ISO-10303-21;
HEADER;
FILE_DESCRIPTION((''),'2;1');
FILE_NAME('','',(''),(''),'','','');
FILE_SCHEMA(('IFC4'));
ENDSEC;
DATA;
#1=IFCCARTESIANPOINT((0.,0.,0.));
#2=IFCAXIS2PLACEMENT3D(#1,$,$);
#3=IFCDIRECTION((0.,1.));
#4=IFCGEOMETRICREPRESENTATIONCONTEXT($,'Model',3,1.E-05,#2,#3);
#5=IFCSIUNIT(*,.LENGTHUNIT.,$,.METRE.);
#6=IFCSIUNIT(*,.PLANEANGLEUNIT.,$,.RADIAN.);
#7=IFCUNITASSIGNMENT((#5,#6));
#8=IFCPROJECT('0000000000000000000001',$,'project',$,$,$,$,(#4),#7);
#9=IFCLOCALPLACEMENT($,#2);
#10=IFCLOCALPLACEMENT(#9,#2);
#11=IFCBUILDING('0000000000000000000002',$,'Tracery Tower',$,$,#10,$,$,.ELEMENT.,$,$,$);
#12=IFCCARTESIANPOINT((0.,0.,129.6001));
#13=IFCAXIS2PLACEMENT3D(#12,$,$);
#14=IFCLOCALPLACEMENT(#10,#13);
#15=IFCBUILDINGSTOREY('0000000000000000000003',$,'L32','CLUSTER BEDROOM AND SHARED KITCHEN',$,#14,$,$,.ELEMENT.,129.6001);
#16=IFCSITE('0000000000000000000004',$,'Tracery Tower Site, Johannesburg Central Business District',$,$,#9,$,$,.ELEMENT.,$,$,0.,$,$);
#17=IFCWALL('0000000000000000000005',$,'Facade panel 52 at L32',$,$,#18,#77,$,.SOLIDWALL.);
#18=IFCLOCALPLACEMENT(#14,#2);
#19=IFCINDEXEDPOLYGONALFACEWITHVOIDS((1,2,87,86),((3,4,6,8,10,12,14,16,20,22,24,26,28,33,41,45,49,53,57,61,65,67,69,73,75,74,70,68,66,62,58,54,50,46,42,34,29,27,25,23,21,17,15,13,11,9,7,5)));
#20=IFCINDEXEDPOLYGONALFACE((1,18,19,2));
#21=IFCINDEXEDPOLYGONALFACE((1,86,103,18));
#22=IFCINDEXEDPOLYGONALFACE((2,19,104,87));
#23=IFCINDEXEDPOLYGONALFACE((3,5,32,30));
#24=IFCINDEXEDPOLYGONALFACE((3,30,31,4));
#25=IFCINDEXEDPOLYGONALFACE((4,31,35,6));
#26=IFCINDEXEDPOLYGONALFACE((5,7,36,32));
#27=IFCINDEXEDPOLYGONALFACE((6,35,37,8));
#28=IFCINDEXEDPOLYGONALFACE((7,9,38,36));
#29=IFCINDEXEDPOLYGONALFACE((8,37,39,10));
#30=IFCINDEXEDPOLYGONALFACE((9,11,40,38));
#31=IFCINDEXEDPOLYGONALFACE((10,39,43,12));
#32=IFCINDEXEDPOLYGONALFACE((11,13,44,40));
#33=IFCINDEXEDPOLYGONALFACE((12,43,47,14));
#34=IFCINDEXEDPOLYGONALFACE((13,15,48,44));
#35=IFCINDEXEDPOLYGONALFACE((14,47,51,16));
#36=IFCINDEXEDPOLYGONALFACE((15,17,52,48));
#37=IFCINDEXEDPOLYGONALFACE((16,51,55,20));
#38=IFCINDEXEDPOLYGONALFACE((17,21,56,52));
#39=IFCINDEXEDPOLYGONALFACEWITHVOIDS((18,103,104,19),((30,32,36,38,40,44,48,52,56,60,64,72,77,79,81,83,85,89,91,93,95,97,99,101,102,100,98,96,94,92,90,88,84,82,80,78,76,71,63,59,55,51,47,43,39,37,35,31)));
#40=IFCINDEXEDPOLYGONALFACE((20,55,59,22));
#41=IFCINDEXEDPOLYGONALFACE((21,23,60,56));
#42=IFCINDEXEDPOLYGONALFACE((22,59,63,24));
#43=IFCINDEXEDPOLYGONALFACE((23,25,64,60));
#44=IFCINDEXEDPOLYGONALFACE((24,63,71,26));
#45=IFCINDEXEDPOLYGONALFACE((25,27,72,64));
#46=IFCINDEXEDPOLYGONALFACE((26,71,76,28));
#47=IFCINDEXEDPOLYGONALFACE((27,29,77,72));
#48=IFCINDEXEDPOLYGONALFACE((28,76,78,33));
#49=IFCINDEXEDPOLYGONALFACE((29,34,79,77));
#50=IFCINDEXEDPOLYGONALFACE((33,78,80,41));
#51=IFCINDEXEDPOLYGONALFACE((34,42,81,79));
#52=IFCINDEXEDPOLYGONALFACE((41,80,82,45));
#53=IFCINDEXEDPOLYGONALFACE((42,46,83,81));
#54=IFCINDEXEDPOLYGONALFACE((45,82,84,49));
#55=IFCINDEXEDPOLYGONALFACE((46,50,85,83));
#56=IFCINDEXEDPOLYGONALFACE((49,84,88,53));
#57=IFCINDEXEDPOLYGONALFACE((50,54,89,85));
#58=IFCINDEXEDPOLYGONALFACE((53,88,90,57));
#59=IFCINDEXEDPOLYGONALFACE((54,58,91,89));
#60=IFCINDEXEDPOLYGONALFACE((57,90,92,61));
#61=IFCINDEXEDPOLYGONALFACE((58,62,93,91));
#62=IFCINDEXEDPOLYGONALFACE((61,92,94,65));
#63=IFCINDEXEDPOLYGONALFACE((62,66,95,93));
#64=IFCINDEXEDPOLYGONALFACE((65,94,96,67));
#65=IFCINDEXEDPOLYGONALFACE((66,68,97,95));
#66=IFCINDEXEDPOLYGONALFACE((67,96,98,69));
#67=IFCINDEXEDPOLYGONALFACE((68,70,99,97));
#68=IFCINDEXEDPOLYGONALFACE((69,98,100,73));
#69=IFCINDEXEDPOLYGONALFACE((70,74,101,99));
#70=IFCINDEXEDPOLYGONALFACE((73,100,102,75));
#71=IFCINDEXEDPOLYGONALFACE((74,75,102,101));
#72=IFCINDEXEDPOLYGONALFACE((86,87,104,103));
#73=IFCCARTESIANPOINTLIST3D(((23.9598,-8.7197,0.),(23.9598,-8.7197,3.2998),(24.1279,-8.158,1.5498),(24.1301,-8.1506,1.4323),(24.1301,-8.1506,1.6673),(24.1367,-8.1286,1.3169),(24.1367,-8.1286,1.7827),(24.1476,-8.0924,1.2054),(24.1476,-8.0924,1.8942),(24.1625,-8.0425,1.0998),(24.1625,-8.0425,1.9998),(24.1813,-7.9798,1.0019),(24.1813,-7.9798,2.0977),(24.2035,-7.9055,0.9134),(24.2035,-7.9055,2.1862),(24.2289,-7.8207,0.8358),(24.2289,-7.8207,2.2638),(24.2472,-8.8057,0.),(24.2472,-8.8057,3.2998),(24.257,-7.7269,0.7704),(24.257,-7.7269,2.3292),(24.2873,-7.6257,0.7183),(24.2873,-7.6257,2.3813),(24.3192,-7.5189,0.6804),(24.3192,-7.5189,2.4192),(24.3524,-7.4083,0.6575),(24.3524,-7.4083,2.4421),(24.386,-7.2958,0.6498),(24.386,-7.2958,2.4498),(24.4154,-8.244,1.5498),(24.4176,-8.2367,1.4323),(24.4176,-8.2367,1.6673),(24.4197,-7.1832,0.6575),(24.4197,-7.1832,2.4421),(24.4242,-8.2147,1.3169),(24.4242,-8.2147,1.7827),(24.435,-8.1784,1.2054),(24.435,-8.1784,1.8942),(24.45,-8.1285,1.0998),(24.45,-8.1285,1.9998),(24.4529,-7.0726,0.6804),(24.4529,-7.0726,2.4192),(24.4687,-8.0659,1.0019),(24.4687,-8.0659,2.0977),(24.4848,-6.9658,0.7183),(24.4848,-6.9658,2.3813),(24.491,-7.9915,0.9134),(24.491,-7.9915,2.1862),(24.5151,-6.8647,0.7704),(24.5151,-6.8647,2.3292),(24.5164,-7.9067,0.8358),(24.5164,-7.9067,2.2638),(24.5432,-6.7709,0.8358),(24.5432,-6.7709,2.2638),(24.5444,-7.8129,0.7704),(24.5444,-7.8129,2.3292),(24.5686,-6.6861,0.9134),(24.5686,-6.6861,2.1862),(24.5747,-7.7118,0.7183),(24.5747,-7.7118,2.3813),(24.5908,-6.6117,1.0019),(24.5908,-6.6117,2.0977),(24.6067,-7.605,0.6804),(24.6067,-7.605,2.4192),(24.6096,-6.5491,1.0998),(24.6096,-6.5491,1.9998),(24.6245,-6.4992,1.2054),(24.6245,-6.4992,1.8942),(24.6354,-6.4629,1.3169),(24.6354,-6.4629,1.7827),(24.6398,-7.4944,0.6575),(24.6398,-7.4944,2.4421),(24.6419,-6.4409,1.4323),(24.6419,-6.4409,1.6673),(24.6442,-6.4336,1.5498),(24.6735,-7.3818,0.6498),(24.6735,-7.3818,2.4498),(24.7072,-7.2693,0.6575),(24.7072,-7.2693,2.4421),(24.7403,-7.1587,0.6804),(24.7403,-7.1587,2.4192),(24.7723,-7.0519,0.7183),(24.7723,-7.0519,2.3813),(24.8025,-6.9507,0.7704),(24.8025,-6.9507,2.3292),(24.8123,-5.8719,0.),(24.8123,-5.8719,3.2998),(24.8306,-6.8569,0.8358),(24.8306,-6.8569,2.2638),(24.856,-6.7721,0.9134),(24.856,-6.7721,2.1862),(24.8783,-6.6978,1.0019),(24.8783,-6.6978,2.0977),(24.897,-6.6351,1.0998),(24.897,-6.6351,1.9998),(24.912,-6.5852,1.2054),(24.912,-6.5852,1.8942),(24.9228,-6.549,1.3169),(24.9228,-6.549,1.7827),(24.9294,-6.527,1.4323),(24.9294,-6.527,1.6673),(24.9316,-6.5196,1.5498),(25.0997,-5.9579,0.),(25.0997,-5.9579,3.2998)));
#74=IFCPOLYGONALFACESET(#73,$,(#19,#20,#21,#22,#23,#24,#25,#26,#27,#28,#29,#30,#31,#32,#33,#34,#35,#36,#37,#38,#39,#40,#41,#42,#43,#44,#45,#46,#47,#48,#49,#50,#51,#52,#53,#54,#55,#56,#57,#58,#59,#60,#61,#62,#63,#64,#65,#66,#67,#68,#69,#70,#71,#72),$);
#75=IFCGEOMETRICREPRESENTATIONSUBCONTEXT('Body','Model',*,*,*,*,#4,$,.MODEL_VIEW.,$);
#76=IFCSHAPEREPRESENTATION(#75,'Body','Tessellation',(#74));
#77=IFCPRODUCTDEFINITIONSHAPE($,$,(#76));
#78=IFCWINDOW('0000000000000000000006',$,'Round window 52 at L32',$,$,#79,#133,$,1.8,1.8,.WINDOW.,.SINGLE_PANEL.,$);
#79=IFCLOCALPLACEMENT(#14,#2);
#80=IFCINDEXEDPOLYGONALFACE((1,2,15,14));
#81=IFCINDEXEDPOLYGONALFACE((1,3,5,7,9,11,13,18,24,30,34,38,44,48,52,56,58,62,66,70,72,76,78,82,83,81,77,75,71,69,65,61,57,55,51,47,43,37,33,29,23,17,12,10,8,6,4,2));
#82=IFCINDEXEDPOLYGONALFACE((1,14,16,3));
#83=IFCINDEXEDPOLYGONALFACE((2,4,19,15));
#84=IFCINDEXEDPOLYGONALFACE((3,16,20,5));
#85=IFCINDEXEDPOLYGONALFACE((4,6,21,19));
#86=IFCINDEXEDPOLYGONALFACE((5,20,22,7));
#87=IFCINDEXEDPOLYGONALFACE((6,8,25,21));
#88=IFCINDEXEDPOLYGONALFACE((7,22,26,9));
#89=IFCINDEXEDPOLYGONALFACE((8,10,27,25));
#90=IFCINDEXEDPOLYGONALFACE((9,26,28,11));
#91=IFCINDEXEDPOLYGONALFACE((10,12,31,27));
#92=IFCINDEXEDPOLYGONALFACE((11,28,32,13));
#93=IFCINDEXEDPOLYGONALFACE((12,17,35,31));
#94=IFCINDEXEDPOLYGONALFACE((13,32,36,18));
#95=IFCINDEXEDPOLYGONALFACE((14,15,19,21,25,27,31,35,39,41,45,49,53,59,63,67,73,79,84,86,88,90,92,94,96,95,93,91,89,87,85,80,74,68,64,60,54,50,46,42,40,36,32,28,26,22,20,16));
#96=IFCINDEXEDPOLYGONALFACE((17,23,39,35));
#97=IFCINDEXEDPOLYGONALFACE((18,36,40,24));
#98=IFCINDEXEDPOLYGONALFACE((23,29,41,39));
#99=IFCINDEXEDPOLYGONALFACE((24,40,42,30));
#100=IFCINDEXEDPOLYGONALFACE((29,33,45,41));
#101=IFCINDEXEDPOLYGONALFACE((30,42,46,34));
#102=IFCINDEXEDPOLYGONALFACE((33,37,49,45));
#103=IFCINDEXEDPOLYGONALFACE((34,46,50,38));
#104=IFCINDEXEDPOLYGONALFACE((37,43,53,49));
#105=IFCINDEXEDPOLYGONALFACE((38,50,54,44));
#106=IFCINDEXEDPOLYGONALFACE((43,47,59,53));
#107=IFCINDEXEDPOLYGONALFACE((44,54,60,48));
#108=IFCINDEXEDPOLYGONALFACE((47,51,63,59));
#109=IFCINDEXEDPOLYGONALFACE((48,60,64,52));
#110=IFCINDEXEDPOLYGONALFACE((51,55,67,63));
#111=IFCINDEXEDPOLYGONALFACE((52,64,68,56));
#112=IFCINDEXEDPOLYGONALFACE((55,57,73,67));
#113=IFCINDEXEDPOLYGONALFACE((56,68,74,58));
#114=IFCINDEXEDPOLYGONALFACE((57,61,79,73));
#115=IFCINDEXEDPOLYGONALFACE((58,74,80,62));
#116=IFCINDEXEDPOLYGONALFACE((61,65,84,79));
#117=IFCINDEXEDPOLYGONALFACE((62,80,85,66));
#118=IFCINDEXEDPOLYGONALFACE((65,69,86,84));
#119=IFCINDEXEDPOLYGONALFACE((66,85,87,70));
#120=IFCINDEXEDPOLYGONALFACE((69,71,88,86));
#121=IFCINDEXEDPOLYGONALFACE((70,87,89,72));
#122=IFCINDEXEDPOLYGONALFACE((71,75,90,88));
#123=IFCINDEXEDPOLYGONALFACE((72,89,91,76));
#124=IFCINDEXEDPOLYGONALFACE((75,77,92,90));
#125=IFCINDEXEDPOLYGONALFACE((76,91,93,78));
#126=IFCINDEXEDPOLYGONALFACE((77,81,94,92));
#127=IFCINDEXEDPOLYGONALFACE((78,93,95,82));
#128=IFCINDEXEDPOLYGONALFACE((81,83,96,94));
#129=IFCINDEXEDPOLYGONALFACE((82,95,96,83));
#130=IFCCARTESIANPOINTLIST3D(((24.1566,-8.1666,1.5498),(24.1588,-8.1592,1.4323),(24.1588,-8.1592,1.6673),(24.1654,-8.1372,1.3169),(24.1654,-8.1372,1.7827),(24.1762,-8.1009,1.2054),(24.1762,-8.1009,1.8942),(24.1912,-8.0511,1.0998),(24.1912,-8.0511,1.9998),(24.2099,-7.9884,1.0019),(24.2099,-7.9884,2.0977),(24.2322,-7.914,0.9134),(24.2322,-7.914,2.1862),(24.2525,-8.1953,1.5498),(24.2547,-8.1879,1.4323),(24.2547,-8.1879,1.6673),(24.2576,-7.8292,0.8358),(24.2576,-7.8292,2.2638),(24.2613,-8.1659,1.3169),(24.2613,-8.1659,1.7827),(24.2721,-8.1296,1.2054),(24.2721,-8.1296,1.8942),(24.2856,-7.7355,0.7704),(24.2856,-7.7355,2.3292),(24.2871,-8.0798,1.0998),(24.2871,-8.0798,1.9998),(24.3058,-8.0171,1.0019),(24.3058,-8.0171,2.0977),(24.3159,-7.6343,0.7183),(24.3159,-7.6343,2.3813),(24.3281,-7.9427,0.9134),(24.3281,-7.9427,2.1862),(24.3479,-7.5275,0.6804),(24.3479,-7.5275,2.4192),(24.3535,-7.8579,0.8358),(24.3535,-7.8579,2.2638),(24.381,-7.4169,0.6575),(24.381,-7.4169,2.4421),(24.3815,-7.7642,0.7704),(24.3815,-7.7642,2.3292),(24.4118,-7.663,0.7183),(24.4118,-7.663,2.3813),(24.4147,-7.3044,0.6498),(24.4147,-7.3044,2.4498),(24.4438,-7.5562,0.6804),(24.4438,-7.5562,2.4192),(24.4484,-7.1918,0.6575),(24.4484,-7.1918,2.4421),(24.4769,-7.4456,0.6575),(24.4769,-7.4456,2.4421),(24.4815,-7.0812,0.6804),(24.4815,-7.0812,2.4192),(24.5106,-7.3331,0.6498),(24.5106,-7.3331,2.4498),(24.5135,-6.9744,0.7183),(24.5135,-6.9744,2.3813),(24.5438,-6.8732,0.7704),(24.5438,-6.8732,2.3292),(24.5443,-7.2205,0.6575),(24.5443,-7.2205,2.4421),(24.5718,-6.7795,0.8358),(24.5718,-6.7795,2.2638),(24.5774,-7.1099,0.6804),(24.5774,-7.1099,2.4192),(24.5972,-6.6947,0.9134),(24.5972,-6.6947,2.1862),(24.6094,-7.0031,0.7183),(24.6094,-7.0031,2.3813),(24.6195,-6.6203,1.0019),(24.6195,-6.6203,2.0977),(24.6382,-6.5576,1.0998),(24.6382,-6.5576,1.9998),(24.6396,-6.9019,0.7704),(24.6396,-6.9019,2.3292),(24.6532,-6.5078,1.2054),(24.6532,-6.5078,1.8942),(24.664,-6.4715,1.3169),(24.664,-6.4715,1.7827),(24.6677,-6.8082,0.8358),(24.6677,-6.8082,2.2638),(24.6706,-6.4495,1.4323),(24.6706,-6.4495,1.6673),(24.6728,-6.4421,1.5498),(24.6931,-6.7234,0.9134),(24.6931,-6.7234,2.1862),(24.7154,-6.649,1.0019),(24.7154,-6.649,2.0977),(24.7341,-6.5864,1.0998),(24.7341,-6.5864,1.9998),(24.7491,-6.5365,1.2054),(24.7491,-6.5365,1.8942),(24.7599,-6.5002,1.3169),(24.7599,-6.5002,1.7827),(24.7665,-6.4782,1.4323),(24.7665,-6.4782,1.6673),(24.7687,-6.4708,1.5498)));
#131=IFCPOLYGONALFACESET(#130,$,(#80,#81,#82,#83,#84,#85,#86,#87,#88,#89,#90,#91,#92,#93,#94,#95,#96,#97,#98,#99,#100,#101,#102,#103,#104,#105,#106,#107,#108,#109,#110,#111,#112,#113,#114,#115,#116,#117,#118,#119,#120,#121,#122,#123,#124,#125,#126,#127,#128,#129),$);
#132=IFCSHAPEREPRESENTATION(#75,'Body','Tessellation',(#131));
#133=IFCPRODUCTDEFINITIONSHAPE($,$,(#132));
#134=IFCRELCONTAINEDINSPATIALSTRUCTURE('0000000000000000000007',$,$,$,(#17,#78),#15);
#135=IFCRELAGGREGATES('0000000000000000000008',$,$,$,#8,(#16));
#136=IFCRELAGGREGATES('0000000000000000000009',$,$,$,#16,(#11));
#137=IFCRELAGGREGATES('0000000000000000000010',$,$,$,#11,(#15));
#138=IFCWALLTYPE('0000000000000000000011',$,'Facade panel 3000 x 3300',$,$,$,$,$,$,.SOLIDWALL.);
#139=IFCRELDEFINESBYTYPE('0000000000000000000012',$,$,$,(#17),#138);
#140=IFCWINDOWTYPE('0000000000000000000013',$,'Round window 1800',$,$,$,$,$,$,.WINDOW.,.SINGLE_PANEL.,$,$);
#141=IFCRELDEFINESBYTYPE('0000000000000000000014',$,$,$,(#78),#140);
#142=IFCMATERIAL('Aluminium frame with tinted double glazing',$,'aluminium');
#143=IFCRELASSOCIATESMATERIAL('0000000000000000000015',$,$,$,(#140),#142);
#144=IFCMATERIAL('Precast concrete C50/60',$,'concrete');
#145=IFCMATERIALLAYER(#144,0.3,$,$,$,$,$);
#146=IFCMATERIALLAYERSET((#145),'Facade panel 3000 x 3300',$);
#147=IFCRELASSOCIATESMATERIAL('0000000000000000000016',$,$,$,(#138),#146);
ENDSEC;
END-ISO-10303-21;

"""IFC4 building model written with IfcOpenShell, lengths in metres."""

from ifc_helpers import new_model, si_unit, direction, frame, frame_2d, origin, origin_2d, place, context, subcontext, project, spatial, rectangle, circle, extrude, material, layer, layer_set, type_object, element, fill, save


model = new_model("IFC4")

# Units and contexts
model_context = context("Model", 3, precision=1e-05, world=origin(), true_north=direction((0.0, 1.0)))
body_context = subcontext(model_context, "Body", "Model", "MODEL_VIEW")
ifc_project = project(units=[si_unit("LENGTHUNIT", "METRE"), si_unit("PLANEANGLEUNIT", "RADIAN")], contexts=[model_context])

# Site, building, storey
site_placement = place(None, origin())
site = spatial("IfcSite", under=ifc_project, at=site_placement, Name="Tracery Tower Site, Johannesburg Central Business District", CompositionType="ELEMENT", RefElevation=0.0)
building_placement = place(site_placement, origin())
building = spatial("IfcBuilding", under=site, at=building_placement, Name="Tracery Tower", CompositionType="ELEMENT")
storey_placement = place(building_placement, frame((0.0, 0.0, 129.6001)))
storey = spatial("IfcBuildingStorey", under=building, at=storey_placement, Name="L32", Description="CLUSTER BEDROOM AND SHARED KITCHEN", CompositionType="ELEMENT", Elevation=129.6001)

# Wall, opening, window
ifc_material_1 = material(Name="Aluminium frame with tinted double glazing", Category="aluminium")
window_type = type_object("IfcWindowType", Name="Round window 1800", PartitioningType="SINGLE_PANEL", PredefinedType="WINDOW", material=ifc_material_1)
ifc_material_2 = material(Name="Precast concrete C50/60", Category="concrete")
ifc_layer_1 = layer(ifc_material_2, 0.3)
ifc_layer_set_1 = layer_set([ifc_layer_1], Name="Facade panel 3000 x 3300")
wall_type_1 = type_object("IfcWallType", Name="Facade panel 3000 x 3300", PredefinedType="SOLIDWALL", material=ifc_layer_set_1)
wall_1_placement = place(storey_placement, frame((24.1035, -8.7627, 0.0), z_axis=(0.0, 0.0, 1.0), x_axis=(0.286783, 0.957996, 0.0)))
wall_1 = element("IfcWall", 1, at=wall_1_placement, inside=storey, type_object=wall_type_1, Name="Facade panel 52 at L32", PredefinedType="SOLIDWALL", context=body_context, shape_type="SweptSolid", body=[
    extrude(rectangle(XDim=2.9727, YDim=0.3, at=frame_2d((1.4863, 0.0))), origin(), (0.0, 0.0, 1.0), 3.2998),
])
opening_1_placement = place(wall_1_placement, frame((1.4863, 0.0, 1.5498)))
opening_1 = element("IfcOpeningElement", 2, at=opening_1_placement, cuts=wall_1, PredefinedType="OPENING", context=body_context, shape_type="SweptSolid", body=[
    extrude(circle(Radius=0.9, at=origin_2d()), frame((0.0, 0.1599, 0.0), z_axis=(0.0, -1.0, 0.0), x_axis=(1.0, 0.0, 0.0)), (0.0, 0.0, 1.0), 0.3201),
])
window_1_placement = place(opening_1_placement, origin())
window_1 = element("IfcWindow", 3, at=window_1_placement, inside=storey, type_object=window_type, Name="Round window 52 at L32", OverallHeight=1.8, OverallWidth=1.8, PartitioningType="SINGLE_PANEL", PredefinedType="WINDOW", context=body_context, shape_type="SweptSolid", body=[
    extrude(circle(Radius=0.9, at=origin_2d()), frame((0.0, 0.1201, 0.0), z_axis=(0.0, -1.0, 0.0), x_axis=(1.0, 0.0, 0.0)), (0.0, 0.0, 1.0), 0.1001),
])
fill(opening_1, window_1)

save(model, "model.ifc")
